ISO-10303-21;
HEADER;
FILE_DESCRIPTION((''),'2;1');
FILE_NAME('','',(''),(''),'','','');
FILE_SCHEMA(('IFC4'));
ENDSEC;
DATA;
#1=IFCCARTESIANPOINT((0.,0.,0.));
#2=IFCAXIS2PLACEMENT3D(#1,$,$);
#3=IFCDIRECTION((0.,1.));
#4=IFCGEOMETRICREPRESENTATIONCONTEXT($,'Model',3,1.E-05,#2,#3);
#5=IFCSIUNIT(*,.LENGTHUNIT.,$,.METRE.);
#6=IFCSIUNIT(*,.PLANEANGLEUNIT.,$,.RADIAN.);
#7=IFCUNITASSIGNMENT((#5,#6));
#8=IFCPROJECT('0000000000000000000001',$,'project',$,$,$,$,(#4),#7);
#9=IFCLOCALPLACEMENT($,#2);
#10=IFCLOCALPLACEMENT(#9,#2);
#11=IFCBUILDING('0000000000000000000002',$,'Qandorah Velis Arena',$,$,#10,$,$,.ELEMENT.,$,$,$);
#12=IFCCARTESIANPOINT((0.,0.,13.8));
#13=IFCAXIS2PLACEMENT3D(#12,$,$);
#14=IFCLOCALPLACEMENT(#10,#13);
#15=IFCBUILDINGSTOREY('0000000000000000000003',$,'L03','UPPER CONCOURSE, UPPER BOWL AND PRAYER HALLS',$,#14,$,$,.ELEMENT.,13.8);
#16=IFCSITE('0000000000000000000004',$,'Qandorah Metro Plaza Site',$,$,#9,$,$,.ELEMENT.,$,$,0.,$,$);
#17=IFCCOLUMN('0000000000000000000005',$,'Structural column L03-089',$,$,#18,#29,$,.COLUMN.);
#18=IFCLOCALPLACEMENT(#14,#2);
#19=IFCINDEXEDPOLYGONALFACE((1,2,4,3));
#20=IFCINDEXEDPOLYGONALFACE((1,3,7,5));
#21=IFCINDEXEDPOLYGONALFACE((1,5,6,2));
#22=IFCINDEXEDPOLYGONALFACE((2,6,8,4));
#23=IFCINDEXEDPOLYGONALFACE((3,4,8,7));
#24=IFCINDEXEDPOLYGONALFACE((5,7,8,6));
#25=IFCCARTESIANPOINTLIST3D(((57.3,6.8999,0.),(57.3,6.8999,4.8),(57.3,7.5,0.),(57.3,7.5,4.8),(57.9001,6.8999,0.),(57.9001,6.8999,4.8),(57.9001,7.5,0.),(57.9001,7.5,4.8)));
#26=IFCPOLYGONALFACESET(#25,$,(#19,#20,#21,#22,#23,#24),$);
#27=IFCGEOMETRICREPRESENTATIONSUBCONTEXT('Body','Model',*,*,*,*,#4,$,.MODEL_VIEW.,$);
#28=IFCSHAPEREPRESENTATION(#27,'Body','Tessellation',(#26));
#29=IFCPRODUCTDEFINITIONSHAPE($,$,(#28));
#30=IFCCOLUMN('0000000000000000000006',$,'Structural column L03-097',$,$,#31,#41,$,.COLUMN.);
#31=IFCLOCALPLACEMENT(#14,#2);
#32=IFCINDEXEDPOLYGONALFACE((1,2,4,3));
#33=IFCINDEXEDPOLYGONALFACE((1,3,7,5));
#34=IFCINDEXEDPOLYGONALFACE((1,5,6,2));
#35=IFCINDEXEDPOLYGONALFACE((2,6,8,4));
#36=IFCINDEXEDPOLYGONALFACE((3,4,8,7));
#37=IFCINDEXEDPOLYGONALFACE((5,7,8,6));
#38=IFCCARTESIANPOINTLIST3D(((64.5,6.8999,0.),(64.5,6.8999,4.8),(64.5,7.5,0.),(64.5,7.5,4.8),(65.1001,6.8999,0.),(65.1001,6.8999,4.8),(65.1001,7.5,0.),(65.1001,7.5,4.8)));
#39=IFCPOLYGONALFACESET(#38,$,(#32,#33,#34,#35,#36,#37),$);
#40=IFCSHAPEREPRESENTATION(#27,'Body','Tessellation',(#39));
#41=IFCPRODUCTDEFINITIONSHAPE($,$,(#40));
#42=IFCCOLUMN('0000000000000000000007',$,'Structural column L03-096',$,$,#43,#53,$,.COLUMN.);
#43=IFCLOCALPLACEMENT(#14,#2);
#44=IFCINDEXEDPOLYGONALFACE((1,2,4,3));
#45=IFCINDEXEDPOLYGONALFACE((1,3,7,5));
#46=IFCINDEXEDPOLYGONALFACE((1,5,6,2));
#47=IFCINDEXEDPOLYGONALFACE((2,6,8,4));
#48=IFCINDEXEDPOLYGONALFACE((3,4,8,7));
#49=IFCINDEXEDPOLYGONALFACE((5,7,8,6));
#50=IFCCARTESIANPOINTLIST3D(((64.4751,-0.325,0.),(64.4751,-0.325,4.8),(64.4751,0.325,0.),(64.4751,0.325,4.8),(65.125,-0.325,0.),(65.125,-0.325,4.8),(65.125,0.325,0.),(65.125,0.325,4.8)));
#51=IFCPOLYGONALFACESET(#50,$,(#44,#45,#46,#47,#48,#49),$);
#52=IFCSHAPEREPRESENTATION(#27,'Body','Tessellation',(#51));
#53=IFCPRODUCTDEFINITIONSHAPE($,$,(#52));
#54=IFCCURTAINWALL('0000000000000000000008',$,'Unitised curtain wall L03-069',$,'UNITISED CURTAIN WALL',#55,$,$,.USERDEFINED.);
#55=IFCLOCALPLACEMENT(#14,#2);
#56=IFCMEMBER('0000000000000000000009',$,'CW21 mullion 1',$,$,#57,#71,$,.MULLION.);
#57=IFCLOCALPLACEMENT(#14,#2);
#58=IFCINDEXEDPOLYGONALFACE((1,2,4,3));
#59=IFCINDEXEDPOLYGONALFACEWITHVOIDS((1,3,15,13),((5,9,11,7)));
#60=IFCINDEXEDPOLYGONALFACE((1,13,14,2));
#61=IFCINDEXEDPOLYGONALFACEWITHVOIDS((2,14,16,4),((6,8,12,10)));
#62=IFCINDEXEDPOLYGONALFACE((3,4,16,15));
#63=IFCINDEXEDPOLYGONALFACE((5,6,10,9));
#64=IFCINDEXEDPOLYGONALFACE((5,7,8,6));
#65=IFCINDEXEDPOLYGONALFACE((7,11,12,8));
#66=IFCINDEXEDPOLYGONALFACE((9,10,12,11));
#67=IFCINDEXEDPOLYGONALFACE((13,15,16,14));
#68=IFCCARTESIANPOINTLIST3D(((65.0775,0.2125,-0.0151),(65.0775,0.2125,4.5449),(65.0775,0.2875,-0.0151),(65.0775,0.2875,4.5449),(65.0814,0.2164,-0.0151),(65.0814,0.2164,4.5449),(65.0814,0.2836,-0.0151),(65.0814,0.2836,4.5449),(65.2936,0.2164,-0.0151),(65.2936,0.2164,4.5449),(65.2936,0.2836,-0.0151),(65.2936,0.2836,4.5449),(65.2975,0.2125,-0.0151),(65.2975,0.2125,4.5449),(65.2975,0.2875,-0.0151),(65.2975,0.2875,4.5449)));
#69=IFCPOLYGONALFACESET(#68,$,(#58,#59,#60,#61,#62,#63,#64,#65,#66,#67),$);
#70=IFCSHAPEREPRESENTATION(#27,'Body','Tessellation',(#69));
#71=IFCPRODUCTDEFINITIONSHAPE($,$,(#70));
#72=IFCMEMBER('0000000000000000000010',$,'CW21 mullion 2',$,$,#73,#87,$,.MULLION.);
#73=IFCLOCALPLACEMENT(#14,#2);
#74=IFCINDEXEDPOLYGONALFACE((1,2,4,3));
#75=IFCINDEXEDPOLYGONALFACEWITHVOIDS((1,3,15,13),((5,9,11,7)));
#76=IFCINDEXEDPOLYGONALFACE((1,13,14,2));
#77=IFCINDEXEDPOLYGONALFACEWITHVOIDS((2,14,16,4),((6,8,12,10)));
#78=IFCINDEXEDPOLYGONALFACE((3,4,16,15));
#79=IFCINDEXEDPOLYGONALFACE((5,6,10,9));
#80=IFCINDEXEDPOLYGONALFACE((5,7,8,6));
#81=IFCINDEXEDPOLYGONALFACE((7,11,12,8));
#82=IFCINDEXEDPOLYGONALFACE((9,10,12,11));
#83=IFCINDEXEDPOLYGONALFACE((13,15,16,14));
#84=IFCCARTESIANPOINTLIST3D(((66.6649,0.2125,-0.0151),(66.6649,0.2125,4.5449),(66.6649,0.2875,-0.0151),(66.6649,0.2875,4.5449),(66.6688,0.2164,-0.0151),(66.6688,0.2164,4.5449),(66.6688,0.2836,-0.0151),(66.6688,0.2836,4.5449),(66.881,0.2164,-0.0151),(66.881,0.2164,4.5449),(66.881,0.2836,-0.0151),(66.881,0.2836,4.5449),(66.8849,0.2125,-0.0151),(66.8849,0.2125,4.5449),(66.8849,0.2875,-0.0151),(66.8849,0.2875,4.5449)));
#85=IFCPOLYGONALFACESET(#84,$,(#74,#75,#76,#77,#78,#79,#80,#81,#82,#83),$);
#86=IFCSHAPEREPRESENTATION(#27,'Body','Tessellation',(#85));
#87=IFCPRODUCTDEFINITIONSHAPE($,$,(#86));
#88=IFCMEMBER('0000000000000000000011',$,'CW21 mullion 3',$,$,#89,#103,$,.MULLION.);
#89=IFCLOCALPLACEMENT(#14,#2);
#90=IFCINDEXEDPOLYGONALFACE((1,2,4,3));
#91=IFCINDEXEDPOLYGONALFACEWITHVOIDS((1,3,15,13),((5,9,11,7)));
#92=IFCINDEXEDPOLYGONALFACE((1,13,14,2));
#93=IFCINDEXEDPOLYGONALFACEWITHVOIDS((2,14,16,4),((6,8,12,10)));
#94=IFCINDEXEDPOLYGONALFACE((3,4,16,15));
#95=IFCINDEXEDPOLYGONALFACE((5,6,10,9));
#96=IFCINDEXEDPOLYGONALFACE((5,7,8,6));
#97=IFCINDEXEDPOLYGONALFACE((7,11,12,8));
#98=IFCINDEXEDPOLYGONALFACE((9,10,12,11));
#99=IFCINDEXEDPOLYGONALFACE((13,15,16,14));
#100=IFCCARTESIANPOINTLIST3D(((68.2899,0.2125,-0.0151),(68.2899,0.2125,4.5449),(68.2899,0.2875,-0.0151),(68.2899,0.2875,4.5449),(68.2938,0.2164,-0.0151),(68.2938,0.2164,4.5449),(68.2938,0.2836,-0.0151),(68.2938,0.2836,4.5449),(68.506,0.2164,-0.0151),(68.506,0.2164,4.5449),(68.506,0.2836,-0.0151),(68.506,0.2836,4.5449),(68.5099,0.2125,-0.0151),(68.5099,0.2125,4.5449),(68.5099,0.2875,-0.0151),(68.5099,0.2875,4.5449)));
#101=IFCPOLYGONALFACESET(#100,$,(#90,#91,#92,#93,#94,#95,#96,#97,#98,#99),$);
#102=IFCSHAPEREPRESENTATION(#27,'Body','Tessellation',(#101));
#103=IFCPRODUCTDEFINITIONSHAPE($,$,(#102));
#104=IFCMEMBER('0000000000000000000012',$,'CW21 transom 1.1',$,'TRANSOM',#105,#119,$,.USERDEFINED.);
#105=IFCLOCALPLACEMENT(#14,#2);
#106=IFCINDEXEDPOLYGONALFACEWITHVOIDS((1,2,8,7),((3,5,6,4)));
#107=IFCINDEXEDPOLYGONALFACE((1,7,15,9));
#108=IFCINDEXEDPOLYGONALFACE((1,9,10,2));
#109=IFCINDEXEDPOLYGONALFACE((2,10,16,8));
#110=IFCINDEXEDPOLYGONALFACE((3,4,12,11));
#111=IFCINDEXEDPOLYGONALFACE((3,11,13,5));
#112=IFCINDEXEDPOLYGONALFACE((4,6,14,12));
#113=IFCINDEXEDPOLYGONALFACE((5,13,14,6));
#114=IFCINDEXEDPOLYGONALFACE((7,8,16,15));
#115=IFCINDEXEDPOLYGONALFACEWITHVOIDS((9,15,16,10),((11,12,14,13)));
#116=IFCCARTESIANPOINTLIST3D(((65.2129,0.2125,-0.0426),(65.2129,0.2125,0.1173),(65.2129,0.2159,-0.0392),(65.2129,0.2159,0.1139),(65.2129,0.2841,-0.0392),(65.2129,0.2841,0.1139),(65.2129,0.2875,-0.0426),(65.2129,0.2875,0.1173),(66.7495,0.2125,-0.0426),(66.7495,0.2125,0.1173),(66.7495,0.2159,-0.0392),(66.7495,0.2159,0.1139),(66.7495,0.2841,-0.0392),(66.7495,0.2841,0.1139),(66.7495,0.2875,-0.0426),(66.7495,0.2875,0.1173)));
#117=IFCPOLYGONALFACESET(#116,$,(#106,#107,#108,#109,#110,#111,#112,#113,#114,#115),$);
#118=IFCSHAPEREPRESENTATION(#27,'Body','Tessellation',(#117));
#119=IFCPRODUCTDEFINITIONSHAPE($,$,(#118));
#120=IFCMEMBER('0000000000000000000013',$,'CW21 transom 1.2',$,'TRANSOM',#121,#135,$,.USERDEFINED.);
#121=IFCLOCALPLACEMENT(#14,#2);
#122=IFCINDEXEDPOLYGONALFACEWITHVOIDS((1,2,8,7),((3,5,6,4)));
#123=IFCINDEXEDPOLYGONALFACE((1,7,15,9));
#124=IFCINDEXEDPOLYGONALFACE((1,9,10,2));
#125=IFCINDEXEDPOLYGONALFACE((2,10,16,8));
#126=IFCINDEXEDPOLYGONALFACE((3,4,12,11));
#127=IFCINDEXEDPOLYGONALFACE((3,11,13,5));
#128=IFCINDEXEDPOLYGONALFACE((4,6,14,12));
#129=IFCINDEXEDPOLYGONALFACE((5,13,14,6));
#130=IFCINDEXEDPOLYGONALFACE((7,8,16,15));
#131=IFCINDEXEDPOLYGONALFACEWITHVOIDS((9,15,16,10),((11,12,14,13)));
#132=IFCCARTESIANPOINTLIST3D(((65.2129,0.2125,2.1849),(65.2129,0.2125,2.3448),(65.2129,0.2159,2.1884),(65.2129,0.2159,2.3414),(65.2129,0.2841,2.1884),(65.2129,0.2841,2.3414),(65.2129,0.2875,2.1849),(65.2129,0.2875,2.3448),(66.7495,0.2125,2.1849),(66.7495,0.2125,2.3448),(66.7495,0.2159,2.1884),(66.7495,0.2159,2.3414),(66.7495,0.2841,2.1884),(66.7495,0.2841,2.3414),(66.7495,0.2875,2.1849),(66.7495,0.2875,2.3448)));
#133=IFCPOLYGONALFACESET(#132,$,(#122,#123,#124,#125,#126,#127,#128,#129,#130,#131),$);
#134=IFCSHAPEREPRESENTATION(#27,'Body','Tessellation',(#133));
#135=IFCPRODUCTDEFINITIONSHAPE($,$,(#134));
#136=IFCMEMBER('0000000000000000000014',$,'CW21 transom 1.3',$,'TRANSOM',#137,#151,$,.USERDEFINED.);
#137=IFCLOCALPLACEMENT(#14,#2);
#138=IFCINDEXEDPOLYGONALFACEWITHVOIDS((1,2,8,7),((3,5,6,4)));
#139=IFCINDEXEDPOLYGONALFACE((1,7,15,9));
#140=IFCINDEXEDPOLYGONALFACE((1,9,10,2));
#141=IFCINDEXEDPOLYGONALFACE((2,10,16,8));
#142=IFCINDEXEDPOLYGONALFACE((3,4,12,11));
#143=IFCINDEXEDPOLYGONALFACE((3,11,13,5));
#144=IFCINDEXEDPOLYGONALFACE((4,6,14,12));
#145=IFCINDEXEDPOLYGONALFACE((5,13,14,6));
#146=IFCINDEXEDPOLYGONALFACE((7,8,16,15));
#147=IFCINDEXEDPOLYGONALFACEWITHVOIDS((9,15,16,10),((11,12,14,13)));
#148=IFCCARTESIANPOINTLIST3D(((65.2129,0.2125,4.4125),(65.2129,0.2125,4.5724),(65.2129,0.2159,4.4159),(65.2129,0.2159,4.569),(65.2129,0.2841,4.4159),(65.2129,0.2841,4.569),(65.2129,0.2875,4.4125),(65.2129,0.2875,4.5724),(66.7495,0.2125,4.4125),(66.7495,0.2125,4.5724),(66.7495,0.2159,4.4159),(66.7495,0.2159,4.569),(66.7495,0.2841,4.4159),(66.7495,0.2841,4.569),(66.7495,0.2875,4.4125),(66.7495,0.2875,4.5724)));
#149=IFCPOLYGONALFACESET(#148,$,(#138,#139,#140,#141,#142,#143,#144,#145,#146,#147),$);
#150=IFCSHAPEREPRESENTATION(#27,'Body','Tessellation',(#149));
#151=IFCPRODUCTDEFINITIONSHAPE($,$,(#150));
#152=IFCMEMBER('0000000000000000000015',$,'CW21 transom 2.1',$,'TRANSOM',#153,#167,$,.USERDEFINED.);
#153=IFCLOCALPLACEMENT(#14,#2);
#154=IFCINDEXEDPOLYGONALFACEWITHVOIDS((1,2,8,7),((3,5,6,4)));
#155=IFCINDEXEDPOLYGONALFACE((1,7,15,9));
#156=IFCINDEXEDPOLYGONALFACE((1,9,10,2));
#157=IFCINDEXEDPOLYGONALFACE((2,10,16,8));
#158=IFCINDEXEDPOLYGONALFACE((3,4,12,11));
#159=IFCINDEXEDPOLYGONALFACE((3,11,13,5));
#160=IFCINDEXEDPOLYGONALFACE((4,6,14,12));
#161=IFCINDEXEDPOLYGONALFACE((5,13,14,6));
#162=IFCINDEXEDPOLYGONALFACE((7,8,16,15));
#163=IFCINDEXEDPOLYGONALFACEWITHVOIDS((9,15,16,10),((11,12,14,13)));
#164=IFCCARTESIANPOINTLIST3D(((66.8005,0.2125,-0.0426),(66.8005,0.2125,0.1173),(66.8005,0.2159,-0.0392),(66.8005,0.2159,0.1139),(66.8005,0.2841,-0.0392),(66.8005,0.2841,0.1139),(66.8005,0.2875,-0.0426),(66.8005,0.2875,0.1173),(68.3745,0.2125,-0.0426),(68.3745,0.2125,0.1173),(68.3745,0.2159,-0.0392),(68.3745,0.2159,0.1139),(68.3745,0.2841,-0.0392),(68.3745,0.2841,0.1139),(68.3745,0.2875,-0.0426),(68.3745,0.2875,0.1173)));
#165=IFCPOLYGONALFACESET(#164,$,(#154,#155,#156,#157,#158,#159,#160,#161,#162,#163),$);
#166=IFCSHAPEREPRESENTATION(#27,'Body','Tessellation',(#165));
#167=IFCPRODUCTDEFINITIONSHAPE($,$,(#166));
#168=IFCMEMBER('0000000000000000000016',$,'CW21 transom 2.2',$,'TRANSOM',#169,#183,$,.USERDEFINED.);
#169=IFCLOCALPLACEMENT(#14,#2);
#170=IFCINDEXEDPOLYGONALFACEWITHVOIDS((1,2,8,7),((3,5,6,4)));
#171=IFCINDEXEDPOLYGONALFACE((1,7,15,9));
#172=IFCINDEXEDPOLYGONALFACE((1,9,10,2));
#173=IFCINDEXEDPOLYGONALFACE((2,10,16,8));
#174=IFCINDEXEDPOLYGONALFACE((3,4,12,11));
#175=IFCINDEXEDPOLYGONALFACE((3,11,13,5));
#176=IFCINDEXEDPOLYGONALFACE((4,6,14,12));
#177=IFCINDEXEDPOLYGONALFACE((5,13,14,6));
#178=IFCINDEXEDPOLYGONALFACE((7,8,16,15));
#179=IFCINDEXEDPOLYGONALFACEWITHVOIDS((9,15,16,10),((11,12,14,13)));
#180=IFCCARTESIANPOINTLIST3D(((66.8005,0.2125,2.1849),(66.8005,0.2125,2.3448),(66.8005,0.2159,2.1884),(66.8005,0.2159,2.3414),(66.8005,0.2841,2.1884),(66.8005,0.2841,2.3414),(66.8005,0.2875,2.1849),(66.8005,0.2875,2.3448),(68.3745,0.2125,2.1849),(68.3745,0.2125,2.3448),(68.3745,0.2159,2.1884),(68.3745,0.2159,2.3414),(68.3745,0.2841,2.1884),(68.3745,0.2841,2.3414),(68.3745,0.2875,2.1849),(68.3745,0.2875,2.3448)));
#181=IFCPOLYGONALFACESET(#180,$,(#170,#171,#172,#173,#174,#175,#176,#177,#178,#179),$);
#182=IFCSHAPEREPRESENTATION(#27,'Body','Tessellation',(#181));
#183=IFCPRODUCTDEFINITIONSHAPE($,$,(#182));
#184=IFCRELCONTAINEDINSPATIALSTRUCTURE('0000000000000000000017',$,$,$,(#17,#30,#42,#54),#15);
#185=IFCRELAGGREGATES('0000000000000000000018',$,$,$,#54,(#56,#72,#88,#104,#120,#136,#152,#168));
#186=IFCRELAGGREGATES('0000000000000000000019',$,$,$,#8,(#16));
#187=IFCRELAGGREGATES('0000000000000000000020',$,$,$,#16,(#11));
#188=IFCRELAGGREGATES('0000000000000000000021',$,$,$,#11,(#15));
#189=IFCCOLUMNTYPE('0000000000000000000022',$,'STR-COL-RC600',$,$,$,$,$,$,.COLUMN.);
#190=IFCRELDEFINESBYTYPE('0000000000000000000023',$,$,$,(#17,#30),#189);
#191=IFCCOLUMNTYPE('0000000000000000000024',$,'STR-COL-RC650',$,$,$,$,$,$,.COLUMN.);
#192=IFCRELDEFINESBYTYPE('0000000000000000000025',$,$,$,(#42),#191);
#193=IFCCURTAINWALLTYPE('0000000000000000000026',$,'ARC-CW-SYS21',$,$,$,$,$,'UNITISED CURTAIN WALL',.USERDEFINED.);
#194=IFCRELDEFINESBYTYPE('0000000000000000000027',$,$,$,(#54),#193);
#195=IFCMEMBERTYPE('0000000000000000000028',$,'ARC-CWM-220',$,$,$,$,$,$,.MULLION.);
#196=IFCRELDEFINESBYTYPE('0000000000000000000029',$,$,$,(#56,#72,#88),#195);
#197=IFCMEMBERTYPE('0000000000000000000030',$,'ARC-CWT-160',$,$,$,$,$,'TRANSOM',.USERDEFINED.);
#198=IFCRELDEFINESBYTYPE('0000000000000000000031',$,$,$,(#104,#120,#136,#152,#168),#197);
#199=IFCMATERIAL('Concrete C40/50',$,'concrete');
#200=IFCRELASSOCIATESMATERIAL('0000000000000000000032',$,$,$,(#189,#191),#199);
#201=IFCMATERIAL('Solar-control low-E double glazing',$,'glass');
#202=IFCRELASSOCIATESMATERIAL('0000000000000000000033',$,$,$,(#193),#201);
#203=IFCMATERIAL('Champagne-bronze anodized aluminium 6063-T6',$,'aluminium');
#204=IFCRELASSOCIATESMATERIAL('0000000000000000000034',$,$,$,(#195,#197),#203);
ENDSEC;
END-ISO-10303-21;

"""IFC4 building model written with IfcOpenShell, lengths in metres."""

from ifc_helpers import new_model, si_unit, direction, frame, origin, origin_2d, place, context, subcontext, project, spatial, rectangle, hollow_rectangle, extrude, material, material_profile, profile_set, type_object, element, aggregate, save


model = new_model("IFC4")

# Units and contexts
model_context = context("Model", 3, precision=1e-05, world=origin(), true_north=direction((0.0, 1.0)))
body_context = subcontext(model_context, "Body", "Model", "MODEL_VIEW")
ifc_project = project(units=[si_unit("LENGTHUNIT", "METRE"), si_unit("PLANEANGLEUNIT", "RADIAN")], contexts=[model_context])

# Site, building, storey
site_placement = place(None, origin())
site = spatial("IfcSite", under=ifc_project, at=site_placement, Name="Qandorah Metro Plaza Site", CompositionType="ELEMENT", RefElevation=0.0)
building_placement = place(site_placement, origin())
building = spatial("IfcBuilding", under=site, at=building_placement, Name="Qandorah Velis Arena", CompositionType="ELEMENT")
storey_placement = place(building_placement, frame((0.0, 0.0, 13.8)))
storey = spatial("IfcBuildingStorey", under=building, at=storey_placement, Name="L03", Description="UPPER CONCOURSE, UPPER BOWL AND PRAYER HALLS", CompositionType="ELEMENT", Elevation=13.8)

# Columns
ifc_material_1 = material(Name="Concrete C40/50", Category="concrete")
ifc_material_profile_1 = material_profile(ifc_material_1, rectangle(XDim=0.6001, YDim=0.6001, at=origin_2d()), Name="RC COL 600x600")
ifc_profile_set_1 = profile_set([ifc_material_profile_1], Name="Concrete C40/50")
column_type_1 = type_object("IfcColumnType", Name="STR-COL-RC600", PredefinedType="COLUMN", material=ifc_profile_set_1)
for number, where, z_axis, x_axis, name in (
    (1, (57.6001, 7.2, 0.0), (0.0, 0.0, 1.0), (1.0, 0.0, 0.0), "Structural column L03-089"),
    (2, (64.8, 7.2, 0.0), (0.0, 0.0, 1.0), (1.0, 0.0, 0.0), "Structural column L03-097"),
):
    element("IfcColumn", number, at=place(storey_placement, frame(where, z_axis=z_axis, x_axis=x_axis)), inside=storey, type_object=column_type_1, Name=name, PredefinedType="COLUMN", context=body_context, shape_type="SweptSolid", body=[
        extrude(rectangle(XDim=0.6001, YDim=0.6001, at=origin_2d()), origin(), (0.0, 0.0, 1.0), 4.8),
    ])
ifc_material_profile_2 = material_profile(ifc_material_1, rectangle(XDim=0.6499, YDim=0.6499, at=origin_2d()), Name="RC COL 650x650")
ifc_profile_set_2 = profile_set([ifc_material_profile_2], Name="Concrete C40/50")
column_type_2 = type_object("IfcColumnType", Name="STR-COL-RC650", PredefinedType="COLUMN", material=ifc_profile_set_2)
column_placement = place(storey_placement, frame((64.8, 0.0, 0.0), z_axis=(0.0, 0.0, 1.0), x_axis=(1.0, 0.0, 0.0)))
element("IfcColumn", 3, at=column_placement, inside=storey, type_object=column_type_2, Name="Structural column L03-096", PredefinedType="COLUMN", context=body_context, shape_type="SweptSolid", body=[
    extrude(rectangle(XDim=0.6499, YDim=0.6499, at=origin_2d()), origin(), (0.0, 0.0, 1.0), 4.8),
])

# Curtain wall, members
ifc_material_2 = material(Name="Solar-control low-E double glazing", Category="glass")
curtain_wall_type = type_object("IfcCurtainWallType", Name="ARC-CW-SYS21", ElementType="UNITISED CURTAIN WALL", PredefinedType="USERDEFINED", material=ifc_material_2)
curtain_wall_placement = place(storey_placement, origin())
curtain_wall = element("IfcCurtainWall", 4, at=curtain_wall_placement, inside=storey, type_object=curtain_wall_type, Name="Unitised curtain wall L03-069", ObjectType="UNITISED CURTAIN WALL", PredefinedType="USERDEFINED")
ifc_material_3 = material(Name="Champagne-bronze anodized aluminium 6063-T6", Category="aluminium")
ifc_material_profile_3 = material_profile(ifc_material_3, hollow_rectangle(XDim=0.075, YDim=0.22, WallThickness=0.0039, at=origin_2d()), Name="ALU MULLION 75x220")
ifc_profile_set_3 = profile_set([ifc_material_profile_3], Name="Champagne-bronze anodized aluminium 6063-T6")
member_type_1 = type_object("IfcMemberType", Name="ARC-CWM-220", PredefinedType="MULLION", material=ifc_profile_set_3)
member_1_placement = place(storey_placement, frame((65.1875, 0.25, -0.0151), z_axis=(0.0, 0.0, 1.0), x_axis=(0.0, 1.0, 0.0)))
member_1 = element("IfcMember", 5, at=member_1_placement, type_object=member_type_1, Name="CW21 mullion 1", PredefinedType="MULLION", context=body_context, shape_type="SweptSolid", body=[
    extrude(hollow_rectangle(XDim=0.075, YDim=0.22, WallThickness=0.0039, at=origin_2d()), origin(), (0.0, 0.0, 1.0), 4.5601),
])
member_2_placement = place(storey_placement, frame((66.7749, 0.25, -0.0151), z_axis=(0.0, 0.0, 1.0), x_axis=(0.0, 1.0, 0.0)))
member_2 = element("IfcMember", 6, at=member_2_placement, type_object=member_type_1, Name="CW21 mullion 2", PredefinedType="MULLION", context=body_context, shape_type="SweptSolid", body=[
    extrude(hollow_rectangle(XDim=0.075, YDim=0.22, WallThickness=0.0039, at=origin_2d()), origin(), (0.0, 0.0, 1.0), 4.5601),
])
member_3_placement = place(storey_placement, frame((68.3999, 0.25, -0.0151), z_axis=(0.0, 0.0, 1.0), x_axis=(0.0, 1.0, 0.0)))
member_3 = element("IfcMember", 7, at=member_3_placement, type_object=member_type_1, Name="CW21 mullion 3", PredefinedType="MULLION", context=body_context, shape_type="SweptSolid", body=[
    extrude(hollow_rectangle(XDim=0.075, YDim=0.22, WallThickness=0.0039, at=origin_2d()), origin(), (0.0, 0.0, 1.0), 4.5601),
])
ifc_material_profile_4 = material_profile(ifc_material_3, hollow_rectangle(XDim=0.075, YDim=0.1599, WallThickness=0.0034, at=origin_2d()), Name="ALU TRANSOM 75x160")
ifc_profile_set_4 = profile_set([ifc_material_profile_4], Name="Champagne-bronze anodized aluminium 6063-T6")
member_type_2 = type_object("IfcMemberType", Name="ARC-CWT-160", ElementType="TRANSOM", PredefinedType="USERDEFINED", material=ifc_profile_set_4)
member_4_placement = place(storey_placement, frame((65.2129, 0.25, 0.0374), z_axis=(1.0, 0.0, 0.0), x_axis=(0.0, 1.0, 0.0)))
member_4 = element("IfcMember", 8, at=member_4_placement, type_object=member_type_2, Name="CW21 transom 1.1", ObjectType="TRANSOM", PredefinedType="USERDEFINED", context=body_context, shape_type="SweptSolid", body=[
    extrude(hollow_rectangle(XDim=0.075, YDim=0.1599, WallThickness=0.0034, at=origin_2d()), origin(), (0.0, 0.0, 1.0), 1.5366),
])
member_5_placement = place(storey_placement, frame((65.2129, 0.25, 2.2649), z_axis=(1.0, 0.0, 0.0), x_axis=(0.0, 1.0, 0.0)))
member_5 = element("IfcMember", 9, at=member_5_placement, type_object=member_type_2, Name="CW21 transom 1.2", ObjectType="TRANSOM", PredefinedType="USERDEFINED", context=body_context, shape_type="SweptSolid", body=[
    extrude(hollow_rectangle(XDim=0.075, YDim=0.1599, WallThickness=0.0034, at=origin_2d()), origin(), (0.0, 0.0, 1.0), 1.5366),
])
member_6_placement = place(storey_placement, frame((65.2129, 0.25, 4.4924), z_axis=(1.0, 0.0, 0.0), x_axis=(0.0, 1.0, 0.0)))
member_6 = element("IfcMember", 10, at=member_6_placement, type_object=member_type_2, Name="CW21 transom 1.3", ObjectType="TRANSOM", PredefinedType="USERDEFINED", context=body_context, shape_type="SweptSolid", body=[
    extrude(hollow_rectangle(XDim=0.075, YDim=0.1599, WallThickness=0.0034, at=origin_2d()), origin(), (0.0, 0.0, 1.0), 1.5366),
])
member_7_placement = place(storey_placement, frame((66.8005, 0.25, 0.0374), z_axis=(1.0, 0.0, 0.0), x_axis=(0.0, 1.0, 0.0)))
member_7 = element("IfcMember", 11, at=member_7_placement, type_object=member_type_2, Name="CW21 transom 2.1", ObjectType="TRANSOM", PredefinedType="USERDEFINED", context=body_context, shape_type="SweptSolid", body=[
    extrude(hollow_rectangle(XDim=0.075, YDim=0.1599, WallThickness=0.0034, at=origin_2d()), origin(), (0.0, 0.0, 1.0), 1.574),
])
member_8_placement = place(storey_placement, frame((66.8005, 0.25, 2.2649), z_axis=(1.0, 0.0, 0.0), x_axis=(0.0, 1.0, 0.0)))
member_8 = element("IfcMember", 12, at=member_8_placement, type_object=member_type_2, Name="CW21 transom 2.2", ObjectType="TRANSOM", PredefinedType="USERDEFINED", context=body_context, shape_type="SweptSolid", body=[
    extrude(hollow_rectangle(XDim=0.075, YDim=0.1599, WallThickness=0.0034, at=origin_2d()), origin(), (0.0, 0.0, 1.0), 1.574),
])

aggregate(curtain_wall, [member_1, member_2, member_3, member_4, member_5, member_6, member_7, member_8])

save(model, "model.ifc")
